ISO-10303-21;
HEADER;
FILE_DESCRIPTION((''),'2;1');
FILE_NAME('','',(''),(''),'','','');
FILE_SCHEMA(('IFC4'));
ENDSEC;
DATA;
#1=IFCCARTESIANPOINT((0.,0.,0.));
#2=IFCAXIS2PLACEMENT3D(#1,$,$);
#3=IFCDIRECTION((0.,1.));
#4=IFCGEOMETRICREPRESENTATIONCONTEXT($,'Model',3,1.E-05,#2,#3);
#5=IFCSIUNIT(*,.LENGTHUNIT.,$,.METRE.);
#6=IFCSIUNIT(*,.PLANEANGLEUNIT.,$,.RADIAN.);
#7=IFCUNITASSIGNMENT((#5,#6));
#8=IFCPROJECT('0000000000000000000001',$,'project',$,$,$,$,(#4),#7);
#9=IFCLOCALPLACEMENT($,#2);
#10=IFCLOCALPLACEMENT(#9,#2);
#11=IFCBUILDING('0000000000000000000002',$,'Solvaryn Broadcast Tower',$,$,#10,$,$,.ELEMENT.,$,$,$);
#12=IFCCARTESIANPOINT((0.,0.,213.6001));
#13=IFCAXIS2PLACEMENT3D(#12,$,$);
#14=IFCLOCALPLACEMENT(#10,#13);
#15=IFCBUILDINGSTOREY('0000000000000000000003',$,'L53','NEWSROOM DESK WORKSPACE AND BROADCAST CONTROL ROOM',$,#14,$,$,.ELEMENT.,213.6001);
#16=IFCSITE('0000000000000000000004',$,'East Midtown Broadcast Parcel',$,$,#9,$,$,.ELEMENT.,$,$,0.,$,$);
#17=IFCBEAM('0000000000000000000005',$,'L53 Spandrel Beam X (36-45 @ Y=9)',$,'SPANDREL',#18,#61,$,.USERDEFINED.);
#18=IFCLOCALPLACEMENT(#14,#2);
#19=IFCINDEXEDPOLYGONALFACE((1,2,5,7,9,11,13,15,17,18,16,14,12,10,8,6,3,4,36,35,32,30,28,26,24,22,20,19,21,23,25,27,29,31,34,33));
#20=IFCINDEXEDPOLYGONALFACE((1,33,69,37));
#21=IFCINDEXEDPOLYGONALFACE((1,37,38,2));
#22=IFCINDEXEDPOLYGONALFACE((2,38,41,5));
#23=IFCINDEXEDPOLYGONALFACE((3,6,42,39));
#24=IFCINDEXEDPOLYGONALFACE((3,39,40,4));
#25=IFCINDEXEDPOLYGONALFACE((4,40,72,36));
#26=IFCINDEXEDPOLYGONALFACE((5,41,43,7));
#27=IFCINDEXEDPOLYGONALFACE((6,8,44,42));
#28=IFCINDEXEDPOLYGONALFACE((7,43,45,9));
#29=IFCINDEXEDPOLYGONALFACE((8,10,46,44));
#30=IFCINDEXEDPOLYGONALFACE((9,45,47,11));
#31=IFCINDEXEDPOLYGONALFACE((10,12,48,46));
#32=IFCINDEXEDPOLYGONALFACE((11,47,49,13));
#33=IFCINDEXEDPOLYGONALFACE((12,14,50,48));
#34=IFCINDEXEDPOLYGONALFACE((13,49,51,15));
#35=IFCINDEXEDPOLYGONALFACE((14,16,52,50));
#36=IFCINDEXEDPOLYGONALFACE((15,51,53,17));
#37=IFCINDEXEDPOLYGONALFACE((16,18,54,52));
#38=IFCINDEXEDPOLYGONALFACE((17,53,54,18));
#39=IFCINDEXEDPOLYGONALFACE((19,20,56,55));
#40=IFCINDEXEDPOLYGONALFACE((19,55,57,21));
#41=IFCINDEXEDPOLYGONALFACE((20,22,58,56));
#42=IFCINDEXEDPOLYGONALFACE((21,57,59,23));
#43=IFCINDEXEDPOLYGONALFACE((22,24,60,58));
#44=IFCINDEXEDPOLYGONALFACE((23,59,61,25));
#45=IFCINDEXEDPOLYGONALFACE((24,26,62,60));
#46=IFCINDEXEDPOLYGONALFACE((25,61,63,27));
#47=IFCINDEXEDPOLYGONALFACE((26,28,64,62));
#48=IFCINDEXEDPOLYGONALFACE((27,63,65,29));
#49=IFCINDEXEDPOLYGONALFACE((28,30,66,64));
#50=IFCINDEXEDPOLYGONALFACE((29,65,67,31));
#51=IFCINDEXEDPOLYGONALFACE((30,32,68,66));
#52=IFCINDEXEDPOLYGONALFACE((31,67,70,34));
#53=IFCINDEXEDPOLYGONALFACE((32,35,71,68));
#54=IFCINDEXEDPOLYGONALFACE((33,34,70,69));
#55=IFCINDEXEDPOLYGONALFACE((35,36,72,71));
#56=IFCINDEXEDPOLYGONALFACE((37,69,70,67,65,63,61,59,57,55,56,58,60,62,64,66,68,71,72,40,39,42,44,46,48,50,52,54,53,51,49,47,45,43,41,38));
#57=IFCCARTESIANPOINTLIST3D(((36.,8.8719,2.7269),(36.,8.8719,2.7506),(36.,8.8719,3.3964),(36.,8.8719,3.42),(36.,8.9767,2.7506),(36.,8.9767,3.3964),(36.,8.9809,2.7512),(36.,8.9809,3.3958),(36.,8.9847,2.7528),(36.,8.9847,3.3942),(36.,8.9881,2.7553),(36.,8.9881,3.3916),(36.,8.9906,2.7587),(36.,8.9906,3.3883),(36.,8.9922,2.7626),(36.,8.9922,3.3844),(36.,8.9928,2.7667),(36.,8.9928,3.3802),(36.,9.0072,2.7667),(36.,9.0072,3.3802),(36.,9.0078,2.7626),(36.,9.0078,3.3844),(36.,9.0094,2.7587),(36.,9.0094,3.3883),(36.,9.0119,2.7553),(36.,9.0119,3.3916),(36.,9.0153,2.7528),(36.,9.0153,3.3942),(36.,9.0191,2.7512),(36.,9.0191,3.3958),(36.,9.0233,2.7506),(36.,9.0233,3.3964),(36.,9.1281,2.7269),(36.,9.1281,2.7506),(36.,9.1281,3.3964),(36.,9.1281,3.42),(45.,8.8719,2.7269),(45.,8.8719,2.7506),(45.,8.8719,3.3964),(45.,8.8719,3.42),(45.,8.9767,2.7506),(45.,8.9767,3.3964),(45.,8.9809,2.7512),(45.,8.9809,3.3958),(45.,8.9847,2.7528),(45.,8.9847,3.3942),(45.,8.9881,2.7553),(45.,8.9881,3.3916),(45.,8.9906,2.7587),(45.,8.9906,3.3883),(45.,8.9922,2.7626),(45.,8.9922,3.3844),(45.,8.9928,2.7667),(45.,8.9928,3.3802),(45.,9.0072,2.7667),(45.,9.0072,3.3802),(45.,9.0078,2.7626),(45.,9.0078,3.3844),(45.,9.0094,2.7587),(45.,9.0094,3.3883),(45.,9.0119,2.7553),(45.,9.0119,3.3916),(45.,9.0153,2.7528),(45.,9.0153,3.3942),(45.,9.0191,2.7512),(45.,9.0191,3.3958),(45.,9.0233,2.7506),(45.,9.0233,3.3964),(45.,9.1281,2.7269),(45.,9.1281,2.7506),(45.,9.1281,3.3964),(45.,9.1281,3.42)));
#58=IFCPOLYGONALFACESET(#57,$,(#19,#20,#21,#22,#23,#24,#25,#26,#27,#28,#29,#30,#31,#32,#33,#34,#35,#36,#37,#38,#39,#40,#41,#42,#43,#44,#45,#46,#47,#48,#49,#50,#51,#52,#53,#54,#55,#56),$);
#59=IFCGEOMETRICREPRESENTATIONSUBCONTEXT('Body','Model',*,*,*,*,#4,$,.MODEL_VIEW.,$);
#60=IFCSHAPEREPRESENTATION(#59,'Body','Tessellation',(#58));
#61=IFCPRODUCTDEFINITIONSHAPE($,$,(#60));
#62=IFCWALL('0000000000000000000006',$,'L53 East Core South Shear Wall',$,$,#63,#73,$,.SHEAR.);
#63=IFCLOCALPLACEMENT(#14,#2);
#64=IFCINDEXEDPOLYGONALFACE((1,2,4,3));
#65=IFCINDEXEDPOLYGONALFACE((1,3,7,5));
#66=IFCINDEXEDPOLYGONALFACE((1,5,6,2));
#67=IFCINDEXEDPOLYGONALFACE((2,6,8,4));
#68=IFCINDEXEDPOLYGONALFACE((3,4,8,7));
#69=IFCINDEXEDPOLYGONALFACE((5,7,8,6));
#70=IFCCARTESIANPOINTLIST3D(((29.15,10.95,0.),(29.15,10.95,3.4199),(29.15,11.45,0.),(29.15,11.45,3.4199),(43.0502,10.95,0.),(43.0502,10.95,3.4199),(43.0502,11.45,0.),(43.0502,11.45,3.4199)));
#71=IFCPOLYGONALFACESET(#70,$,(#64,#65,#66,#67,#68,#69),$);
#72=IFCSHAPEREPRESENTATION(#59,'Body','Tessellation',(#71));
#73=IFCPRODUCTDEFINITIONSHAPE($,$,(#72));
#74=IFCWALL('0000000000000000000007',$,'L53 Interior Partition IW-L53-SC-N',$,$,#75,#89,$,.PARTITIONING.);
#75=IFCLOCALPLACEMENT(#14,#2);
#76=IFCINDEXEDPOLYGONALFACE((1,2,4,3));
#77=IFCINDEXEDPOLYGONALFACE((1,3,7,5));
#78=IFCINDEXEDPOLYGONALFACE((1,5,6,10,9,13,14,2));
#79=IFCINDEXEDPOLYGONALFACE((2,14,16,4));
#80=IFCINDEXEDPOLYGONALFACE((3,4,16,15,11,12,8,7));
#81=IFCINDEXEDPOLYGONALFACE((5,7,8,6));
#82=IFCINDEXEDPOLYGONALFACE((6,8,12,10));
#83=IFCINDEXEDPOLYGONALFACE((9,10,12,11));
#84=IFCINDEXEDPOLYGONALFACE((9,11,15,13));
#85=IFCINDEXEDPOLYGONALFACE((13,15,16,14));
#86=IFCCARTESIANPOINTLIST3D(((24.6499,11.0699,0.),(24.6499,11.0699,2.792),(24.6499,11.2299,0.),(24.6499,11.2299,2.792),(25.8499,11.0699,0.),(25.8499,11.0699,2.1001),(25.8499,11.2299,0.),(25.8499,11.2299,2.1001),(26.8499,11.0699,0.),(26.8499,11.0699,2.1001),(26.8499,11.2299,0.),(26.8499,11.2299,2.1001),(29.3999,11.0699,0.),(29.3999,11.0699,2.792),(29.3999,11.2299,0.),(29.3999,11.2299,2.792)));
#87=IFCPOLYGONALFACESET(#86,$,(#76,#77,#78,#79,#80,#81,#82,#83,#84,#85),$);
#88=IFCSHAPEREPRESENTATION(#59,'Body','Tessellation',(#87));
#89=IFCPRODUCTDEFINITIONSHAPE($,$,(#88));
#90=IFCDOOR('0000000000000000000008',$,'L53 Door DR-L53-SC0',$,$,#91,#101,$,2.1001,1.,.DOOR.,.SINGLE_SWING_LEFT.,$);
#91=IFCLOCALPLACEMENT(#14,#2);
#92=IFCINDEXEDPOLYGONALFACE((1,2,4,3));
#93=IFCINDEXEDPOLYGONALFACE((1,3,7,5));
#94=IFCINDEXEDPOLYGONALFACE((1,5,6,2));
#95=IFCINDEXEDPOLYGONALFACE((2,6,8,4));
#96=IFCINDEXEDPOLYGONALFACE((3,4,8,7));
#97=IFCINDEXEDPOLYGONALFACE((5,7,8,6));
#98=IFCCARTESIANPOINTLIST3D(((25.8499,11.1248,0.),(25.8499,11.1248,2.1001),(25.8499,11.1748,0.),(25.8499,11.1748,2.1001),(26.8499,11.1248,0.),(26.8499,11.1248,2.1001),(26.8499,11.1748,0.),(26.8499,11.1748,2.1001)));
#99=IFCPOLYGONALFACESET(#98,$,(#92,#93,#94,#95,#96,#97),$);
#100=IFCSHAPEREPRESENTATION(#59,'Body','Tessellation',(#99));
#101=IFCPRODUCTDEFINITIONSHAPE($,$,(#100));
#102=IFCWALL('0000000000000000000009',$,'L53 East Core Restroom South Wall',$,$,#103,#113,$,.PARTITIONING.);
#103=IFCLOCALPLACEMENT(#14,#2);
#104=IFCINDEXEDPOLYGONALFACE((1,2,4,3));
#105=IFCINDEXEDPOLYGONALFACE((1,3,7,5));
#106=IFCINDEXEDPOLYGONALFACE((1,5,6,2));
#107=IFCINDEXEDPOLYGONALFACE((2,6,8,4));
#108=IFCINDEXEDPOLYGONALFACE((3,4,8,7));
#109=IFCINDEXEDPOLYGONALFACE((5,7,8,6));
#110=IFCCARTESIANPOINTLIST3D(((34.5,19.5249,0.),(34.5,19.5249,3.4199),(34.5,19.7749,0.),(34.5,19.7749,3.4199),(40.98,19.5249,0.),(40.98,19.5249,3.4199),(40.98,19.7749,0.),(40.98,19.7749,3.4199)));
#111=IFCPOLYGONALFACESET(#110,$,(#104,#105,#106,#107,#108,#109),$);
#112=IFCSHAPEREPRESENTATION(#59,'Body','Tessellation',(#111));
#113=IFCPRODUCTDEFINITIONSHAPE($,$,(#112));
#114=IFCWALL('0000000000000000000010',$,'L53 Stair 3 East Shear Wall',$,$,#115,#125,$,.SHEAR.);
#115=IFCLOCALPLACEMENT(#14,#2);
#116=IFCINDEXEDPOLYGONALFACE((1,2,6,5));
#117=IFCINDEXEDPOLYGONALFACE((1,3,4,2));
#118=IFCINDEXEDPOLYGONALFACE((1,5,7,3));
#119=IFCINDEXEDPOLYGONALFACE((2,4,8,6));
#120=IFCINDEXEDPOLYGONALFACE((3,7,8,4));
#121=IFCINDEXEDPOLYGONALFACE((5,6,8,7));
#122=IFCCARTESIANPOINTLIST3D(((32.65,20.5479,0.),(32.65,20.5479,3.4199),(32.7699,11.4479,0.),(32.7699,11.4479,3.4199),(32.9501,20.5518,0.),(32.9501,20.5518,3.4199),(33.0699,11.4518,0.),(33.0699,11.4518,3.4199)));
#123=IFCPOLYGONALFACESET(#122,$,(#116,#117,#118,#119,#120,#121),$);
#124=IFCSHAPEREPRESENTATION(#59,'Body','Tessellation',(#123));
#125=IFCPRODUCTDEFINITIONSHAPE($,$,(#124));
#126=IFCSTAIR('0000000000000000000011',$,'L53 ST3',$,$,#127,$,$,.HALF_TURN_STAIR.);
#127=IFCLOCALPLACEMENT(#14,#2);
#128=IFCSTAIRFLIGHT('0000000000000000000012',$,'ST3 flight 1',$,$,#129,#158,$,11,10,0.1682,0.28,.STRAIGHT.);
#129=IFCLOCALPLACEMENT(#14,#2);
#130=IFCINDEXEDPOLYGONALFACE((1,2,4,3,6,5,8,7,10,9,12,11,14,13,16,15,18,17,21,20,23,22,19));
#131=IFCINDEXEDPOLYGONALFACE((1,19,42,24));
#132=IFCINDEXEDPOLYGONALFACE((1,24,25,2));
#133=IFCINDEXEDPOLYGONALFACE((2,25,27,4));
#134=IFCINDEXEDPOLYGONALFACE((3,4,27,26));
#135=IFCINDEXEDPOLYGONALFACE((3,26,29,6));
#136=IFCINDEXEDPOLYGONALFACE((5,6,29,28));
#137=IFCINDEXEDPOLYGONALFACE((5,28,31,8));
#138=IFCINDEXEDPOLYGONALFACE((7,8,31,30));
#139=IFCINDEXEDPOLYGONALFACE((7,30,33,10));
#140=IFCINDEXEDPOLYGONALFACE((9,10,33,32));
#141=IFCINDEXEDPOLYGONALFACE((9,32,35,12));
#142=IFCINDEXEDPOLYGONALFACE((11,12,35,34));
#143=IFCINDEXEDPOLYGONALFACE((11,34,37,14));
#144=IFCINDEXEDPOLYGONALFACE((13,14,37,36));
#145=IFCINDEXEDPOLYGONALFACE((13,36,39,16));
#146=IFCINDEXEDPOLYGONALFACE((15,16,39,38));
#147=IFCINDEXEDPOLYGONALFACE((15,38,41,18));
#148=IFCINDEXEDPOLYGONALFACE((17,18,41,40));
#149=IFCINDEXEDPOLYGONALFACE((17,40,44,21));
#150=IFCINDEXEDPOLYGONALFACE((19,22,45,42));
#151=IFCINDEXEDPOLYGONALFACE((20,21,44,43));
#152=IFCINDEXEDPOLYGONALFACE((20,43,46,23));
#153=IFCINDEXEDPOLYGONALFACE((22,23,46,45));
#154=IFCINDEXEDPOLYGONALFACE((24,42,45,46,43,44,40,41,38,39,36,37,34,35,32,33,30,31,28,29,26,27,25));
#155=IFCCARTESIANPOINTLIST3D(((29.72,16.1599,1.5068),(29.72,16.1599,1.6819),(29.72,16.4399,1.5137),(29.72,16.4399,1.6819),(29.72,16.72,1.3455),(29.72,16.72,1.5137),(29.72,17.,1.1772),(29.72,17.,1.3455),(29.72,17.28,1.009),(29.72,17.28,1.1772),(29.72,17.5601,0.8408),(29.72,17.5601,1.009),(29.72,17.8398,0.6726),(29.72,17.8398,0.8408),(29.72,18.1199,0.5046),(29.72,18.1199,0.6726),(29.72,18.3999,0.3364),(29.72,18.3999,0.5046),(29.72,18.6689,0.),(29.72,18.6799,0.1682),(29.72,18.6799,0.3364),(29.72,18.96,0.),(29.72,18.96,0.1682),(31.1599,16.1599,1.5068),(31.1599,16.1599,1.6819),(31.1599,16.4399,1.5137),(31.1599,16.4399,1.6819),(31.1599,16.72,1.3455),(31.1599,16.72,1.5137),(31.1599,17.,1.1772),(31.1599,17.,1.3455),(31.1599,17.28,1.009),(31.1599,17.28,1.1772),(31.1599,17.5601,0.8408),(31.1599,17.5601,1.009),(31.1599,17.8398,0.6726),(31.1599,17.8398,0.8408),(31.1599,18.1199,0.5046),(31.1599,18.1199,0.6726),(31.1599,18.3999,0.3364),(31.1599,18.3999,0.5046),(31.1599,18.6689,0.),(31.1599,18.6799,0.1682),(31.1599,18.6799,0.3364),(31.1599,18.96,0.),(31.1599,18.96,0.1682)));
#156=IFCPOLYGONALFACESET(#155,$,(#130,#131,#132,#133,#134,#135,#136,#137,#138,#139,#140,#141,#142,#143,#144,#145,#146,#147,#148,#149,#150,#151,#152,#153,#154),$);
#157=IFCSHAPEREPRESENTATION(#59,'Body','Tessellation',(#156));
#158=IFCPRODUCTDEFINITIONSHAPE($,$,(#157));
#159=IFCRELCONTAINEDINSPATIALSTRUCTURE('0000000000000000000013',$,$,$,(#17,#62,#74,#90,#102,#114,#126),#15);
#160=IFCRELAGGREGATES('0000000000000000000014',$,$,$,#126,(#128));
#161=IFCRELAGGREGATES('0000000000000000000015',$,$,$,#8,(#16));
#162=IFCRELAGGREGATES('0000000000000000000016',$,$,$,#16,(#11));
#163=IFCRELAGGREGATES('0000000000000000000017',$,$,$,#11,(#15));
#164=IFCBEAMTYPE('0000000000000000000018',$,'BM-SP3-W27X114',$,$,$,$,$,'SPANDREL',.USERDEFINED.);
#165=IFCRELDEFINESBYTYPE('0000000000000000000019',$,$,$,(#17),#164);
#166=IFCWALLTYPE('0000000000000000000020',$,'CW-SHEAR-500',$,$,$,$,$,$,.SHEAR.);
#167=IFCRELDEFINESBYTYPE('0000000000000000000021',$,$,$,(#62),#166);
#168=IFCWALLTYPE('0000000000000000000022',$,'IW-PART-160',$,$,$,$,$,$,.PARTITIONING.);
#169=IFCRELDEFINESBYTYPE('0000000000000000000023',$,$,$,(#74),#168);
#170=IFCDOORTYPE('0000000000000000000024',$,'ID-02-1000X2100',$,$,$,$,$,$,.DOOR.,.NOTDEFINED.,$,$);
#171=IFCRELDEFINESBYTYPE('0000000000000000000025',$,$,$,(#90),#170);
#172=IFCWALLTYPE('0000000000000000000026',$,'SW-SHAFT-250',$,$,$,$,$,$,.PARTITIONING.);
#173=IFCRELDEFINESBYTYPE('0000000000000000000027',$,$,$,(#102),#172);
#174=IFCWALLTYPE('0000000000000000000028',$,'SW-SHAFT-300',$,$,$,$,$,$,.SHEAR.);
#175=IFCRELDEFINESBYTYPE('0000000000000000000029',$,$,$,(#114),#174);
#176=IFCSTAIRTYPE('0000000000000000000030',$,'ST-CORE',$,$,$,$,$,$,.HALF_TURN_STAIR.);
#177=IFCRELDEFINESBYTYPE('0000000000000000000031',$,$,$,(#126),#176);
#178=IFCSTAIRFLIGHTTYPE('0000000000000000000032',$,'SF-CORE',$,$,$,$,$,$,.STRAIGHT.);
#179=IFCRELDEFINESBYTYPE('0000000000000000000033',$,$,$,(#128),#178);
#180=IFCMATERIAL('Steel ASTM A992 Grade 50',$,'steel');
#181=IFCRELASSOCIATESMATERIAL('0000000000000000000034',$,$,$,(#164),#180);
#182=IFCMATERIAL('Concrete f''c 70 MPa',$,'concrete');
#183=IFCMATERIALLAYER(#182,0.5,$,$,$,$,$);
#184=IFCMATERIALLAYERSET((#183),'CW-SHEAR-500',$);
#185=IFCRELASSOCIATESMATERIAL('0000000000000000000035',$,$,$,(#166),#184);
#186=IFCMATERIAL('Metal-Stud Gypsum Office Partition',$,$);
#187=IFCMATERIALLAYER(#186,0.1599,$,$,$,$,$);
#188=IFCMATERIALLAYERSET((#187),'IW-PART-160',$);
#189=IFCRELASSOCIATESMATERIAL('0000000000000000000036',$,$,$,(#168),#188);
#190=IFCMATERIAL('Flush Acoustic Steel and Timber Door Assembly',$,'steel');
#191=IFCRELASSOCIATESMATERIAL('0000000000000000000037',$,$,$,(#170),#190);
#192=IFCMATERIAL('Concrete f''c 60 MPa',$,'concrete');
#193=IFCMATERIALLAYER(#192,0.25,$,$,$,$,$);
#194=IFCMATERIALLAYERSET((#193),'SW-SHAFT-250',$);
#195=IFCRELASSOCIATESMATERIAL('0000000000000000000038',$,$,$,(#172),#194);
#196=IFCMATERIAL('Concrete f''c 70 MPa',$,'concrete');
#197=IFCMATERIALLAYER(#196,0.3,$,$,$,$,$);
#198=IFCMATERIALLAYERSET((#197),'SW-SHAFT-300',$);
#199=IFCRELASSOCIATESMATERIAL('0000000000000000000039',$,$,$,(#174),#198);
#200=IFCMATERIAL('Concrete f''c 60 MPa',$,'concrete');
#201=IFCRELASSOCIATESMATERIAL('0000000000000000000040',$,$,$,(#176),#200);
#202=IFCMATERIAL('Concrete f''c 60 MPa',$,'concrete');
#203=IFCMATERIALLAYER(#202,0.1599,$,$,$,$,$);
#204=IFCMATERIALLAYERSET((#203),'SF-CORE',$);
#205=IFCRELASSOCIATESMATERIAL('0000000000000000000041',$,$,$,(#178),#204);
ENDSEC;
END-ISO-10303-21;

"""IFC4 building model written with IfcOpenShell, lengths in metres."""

from ifc_helpers import new_model, si_unit, direction, frame, frame_2d, origin, origin_2d, place, context, subcontext, project, spatial, polyline, rectangle, i_section, outline, extrude, material, layer, layer_set, material_profile, profile_set, type_object, element, fill, aggregate, save


model = new_model("IFC4")

# Units and contexts
model_context = context("Model", 3, precision=1e-05, world=origin(), true_north=direction((0.0, 1.0)))
body_context = subcontext(model_context, "Body", "Model", "MODEL_VIEW")
ifc_project = project(units=[si_unit("LENGTHUNIT", "METRE"), si_unit("PLANEANGLEUNIT", "RADIAN")], contexts=[model_context])

# Site, building, storey
site_placement = place(None, origin())
site = spatial("IfcSite", under=ifc_project, at=site_placement, Name="East Midtown Broadcast Parcel", CompositionType="ELEMENT", RefElevation=0.0)
building_placement = place(site_placement, origin())
building = spatial("IfcBuilding", under=site, at=building_placement, Name="Solvaryn Broadcast Tower", CompositionType="ELEMENT")
storey_placement = place(building_placement, frame((0.0, 0.0, 213.6001)))
storey = spatial("IfcBuildingStorey", under=building, at=storey_placement, Name="L53", Description="NEWSROOM DESK WORKSPACE AND BROADCAST CONTROL ROOM", CompositionType="ELEMENT", Elevation=213.6001)

# Beam
ifc_material_1 = material(Name="Steel ASTM A992 Grade 50", Category="steel")
ifc_material_profile_1 = material_profile(ifc_material_1, i_section(OverallWidth=0.2561, OverallDepth=0.6931, WebThickness=0.0144, FlangeThickness=0.0237, FilletRadius=0.0161, at=origin_2d()))
ifc_profile_set_1 = profile_set([ifc_material_profile_1], Name="Steel ASTM A992 Grade 50")
beam_type_1 = type_object("IfcBeamType", Name="BM-SP3-W27X114", ElementType="SPANDREL", PredefinedType="USERDEFINED", material=ifc_profile_set_1)
beam_1_placement = place(storey_placement, frame((36.0, 9.0, 3.0735), z_axis=(1.0, 0.0, 0.0), x_axis=(0.0, 1.0, 0.0)))
element("IfcBeam", 1, at=beam_1_placement, inside=storey, type_object=beam_type_1, Name="L53 Spandrel Beam X (36-45 @ Y=9)", ObjectType="SPANDREL", PredefinedType="USERDEFINED", context=body_context, shape_type="SweptSolid", body=[
    extrude(i_section(OverallWidth=0.2561, OverallDepth=0.6931, WebThickness=0.0144, FlangeThickness=0.0237, FilletRadius=0.0161, at=origin_2d()), origin(), (0.0, 0.0, 1.0), 9.0),
])

# Wall
ifc_material_2 = material(Name="Concrete f'c 70 MPa", Category="concrete")
ifc_layer_1 = layer(ifc_material_2, 0.5)
ifc_layer_set_1 = layer_set([ifc_layer_1], Name="CW-SHEAR-500")
wall_type_1 = type_object("IfcWallType", Name="CW-SHEAR-500", PredefinedType="SHEAR", material=ifc_layer_set_1)
wall_1_placement = place(storey_placement, frame((29.1499, 11.2, 0.0), z_axis=(0.0, 0.0, 1.0), x_axis=(1.0, 0.0, 0.0)))
element("IfcWall", 2, at=wall_1_placement, inside=storey, type_object=wall_type_1, Name="L53 East Core South Shear Wall", PredefinedType="SHEAR", context=body_context, shape_type="SweptSolid", body=[
    extrude(rectangle(XDim=13.9001, YDim=0.5, at=frame_2d((6.9502, 0.0))), origin(), (0.0, 0.0, 1.0), 3.4199),
])

# Wall, opening, door
ifc_material_3 = material(Name="Metal-Stud Gypsum Office Partition")
ifc_layer_2 = layer(ifc_material_3, 0.1599)
ifc_layer_set_2 = layer_set([ifc_layer_2], Name="IW-PART-160")
wall_type_2 = type_object("IfcWallType", Name="IW-PART-160", PredefinedType="PARTITIONING", material=ifc_layer_set_2)
wall_2_placement = place(storey_placement, frame((24.6499, 11.1499, 0.0), z_axis=(0.0, 0.0, 1.0), x_axis=(1.0, 0.0, 0.0)))
wall_2 = element("IfcWall", 3, at=wall_2_placement, inside=storey, type_object=wall_type_2, Name="L53 Interior Partition IW-L53-SC-N", PredefinedType="PARTITIONING", context=body_context, shape_type="SweptSolid", body=[
    extrude(rectangle(XDim=4.75, YDim=0.1599, at=frame_2d((2.375, 0.0))), origin(), (0.0, 0.0, 1.0), 2.792),
])
opening_placement = place(wall_2_placement, frame((1.2, 0.0, 0.0)))
opening = element("IfcOpeningElement", 4, at=opening_placement, cuts=wall_2, PredefinedType="OPENING", context=body_context, shape_type="SweptSolid", body=[
    extrude(rectangle(XDim=1.0, YDim=2.1001, at=frame_2d((0.5, 1.05))), frame((0.0, 0.0901, 0.0), z_axis=(0.0, -1.0, 0.0), x_axis=(1.0, 0.0, 0.0)), (0.0, 0.0, 1.0), 0.1799),
])
ifc_material_4 = material(Name="Flush Acoustic Steel and Timber Door Assembly", Category="steel")
door_type = type_object("IfcDoorType", Name="ID-02-1000X2100", OperationType="NOTDEFINED", PredefinedType="DOOR", material=ifc_material_4)
door_placement = place(opening_placement, origin())
door = element("IfcDoor", 5, at=door_placement, inside=storey, type_object=door_type, Name="L53 Door DR-L53-SC0", OperationType="SINGLE_SWING_LEFT", OverallHeight=2.1001, OverallWidth=1.0, PredefinedType="DOOR", context=body_context, shape_type="SweptSolid", body=[
    extrude(rectangle(XDim=1.0, YDim=2.1001, at=frame_2d((0.5, 1.05))), frame((0.0, 0.0249, 0.0), z_axis=(0.0, -1.0, 0.0), x_axis=(1.0, 0.0, 0.0)), (0.0, 0.0, 1.0), 0.05),
])
fill(opening, door)

# Walls
ifc_material_5 = material(Name="Concrete f'c 60 MPa", Category="concrete")
ifc_layer_3 = layer(ifc_material_5, 0.25)
ifc_layer_set_3 = layer_set([ifc_layer_3], Name="SW-SHAFT-250")
wall_type_3 = type_object("IfcWallType", Name="SW-SHAFT-250", PredefinedType="PARTITIONING", material=ifc_layer_set_3)
wall_3_placement = place(storey_placement, frame((34.5, 19.6499, 0.0), z_axis=(0.0, 0.0, 1.0), x_axis=(1.0, 0.0, 0.0)))
element("IfcWall", 6, at=wall_3_placement, inside=storey, type_object=wall_type_3, Name="L53 East Core Restroom South Wall", PredefinedType="PARTITIONING", context=body_context, shape_type="SweptSolid", body=[
    extrude(rectangle(XDim=6.48, YDim=0.25, at=frame_2d((3.24, 0.0))), origin(), (0.0, 0.0, 1.0), 3.4199),
])
ifc_material_6 = material(Name="Concrete f'c 70 MPa", Category="concrete")
ifc_layer_4 = layer(ifc_material_6, 0.3)
ifc_layer_set_4 = layer_set([ifc_layer_4], Name="SW-SHAFT-300")
wall_type_4 = type_object("IfcWallType", Name="SW-SHAFT-300", PredefinedType="SHEAR", material=ifc_layer_set_4)
wall_4_placement = place(storey_placement, frame((32.9199, 11.45, 0.0), z_axis=(0.0, 0.0, 1.0), x_axis=(-0.013172, 0.999913, 0.0)))
element("IfcWall", 7, at=wall_4_placement, inside=storey, type_object=wall_type_4, Name="L53 Stair 3 East Shear Wall", PredefinedType="SHEAR", context=body_context, shape_type="SweptSolid", body=[
    extrude(rectangle(XDim=9.1008, YDim=0.3, at=frame_2d((4.5503, 0.0))), origin(), (0.0, 0.0, 1.0), 3.4199),
])

# Stair, stair flight
ifc_material_7 = material(Name="Concrete f'c 60 MPa", Category="concrete")
stair_type = type_object("IfcStairType", Name="ST-CORE", PredefinedType="HALF_TURN_STAIR", material=ifc_material_7)
stair_placement = place(storey_placement, origin())
stair = element("IfcStair", 8, at=stair_placement, inside=storey, type_object=stair_type, Name="L53 ST3", PredefinedType="HALF_TURN_STAIR")
ifc_material_8 = material(Name="Concrete f'c 60 MPa", Category="concrete")
ifc_layer_5 = layer(ifc_material_8, 0.1599)
ifc_layer_set_5 = layer_set([ifc_layer_5], Name="SF-CORE")
stair_flight_type = type_object("IfcStairFlightType", Name="SF-CORE", PredefinedType="STRAIGHT", material=ifc_layer_set_5)
stair_flight_1_placement = place(storey_placement, frame((30.4399, 18.96, 0.0), z_axis=(0.0, 0.0, 1.0), x_axis=(0.0, -1.0, 0.0)))
stair_flight_1 = element("IfcStairFlight", 9, at=stair_flight_1_placement, type_object=stair_flight_type, Name="ST3 flight 1", NumberOfRisers=11, NumberOfTreads=10, PredefinedType="STRAIGHT", RiserHeight=0.1682, TreadLength=0.28, context=body_context, shape_type="SweptSolid", body=[
    extrude(outline(polyline([(0.0, 0.0), (0.0, 0.1682), (0.28, 0.1682), (0.28, 0.3364), (0.5601, 0.3364), (0.5601, 0.5046), (0.8401, 0.5046), (0.8401, 0.6726), (1.1201, 0.6726), (1.1201, 0.8408), (1.3999, 0.8408), (1.3999, 1.009), (1.6799, 1.009), (1.6799, 1.1772), (1.96, 1.1772), (1.96, 1.3455), (2.24, 1.3455), (2.24, 1.5137), (2.52, 1.5137), (2.52, 1.6819), (2.8, 1.6819), (2.8, 1.8501), (2.8, 1.5068), (0.291, 0.0), (0.0, 0.0)])), frame((0.0, 0.72, 0.0), z_axis=(0.0, -1.0, 0.0), x_axis=(1.0, 0.0, 0.0)), (0.0, 0.0, 1.0), 1.4399),
])
aggregate(stair, [stair_flight_1])

save(model, "model.ifc")
